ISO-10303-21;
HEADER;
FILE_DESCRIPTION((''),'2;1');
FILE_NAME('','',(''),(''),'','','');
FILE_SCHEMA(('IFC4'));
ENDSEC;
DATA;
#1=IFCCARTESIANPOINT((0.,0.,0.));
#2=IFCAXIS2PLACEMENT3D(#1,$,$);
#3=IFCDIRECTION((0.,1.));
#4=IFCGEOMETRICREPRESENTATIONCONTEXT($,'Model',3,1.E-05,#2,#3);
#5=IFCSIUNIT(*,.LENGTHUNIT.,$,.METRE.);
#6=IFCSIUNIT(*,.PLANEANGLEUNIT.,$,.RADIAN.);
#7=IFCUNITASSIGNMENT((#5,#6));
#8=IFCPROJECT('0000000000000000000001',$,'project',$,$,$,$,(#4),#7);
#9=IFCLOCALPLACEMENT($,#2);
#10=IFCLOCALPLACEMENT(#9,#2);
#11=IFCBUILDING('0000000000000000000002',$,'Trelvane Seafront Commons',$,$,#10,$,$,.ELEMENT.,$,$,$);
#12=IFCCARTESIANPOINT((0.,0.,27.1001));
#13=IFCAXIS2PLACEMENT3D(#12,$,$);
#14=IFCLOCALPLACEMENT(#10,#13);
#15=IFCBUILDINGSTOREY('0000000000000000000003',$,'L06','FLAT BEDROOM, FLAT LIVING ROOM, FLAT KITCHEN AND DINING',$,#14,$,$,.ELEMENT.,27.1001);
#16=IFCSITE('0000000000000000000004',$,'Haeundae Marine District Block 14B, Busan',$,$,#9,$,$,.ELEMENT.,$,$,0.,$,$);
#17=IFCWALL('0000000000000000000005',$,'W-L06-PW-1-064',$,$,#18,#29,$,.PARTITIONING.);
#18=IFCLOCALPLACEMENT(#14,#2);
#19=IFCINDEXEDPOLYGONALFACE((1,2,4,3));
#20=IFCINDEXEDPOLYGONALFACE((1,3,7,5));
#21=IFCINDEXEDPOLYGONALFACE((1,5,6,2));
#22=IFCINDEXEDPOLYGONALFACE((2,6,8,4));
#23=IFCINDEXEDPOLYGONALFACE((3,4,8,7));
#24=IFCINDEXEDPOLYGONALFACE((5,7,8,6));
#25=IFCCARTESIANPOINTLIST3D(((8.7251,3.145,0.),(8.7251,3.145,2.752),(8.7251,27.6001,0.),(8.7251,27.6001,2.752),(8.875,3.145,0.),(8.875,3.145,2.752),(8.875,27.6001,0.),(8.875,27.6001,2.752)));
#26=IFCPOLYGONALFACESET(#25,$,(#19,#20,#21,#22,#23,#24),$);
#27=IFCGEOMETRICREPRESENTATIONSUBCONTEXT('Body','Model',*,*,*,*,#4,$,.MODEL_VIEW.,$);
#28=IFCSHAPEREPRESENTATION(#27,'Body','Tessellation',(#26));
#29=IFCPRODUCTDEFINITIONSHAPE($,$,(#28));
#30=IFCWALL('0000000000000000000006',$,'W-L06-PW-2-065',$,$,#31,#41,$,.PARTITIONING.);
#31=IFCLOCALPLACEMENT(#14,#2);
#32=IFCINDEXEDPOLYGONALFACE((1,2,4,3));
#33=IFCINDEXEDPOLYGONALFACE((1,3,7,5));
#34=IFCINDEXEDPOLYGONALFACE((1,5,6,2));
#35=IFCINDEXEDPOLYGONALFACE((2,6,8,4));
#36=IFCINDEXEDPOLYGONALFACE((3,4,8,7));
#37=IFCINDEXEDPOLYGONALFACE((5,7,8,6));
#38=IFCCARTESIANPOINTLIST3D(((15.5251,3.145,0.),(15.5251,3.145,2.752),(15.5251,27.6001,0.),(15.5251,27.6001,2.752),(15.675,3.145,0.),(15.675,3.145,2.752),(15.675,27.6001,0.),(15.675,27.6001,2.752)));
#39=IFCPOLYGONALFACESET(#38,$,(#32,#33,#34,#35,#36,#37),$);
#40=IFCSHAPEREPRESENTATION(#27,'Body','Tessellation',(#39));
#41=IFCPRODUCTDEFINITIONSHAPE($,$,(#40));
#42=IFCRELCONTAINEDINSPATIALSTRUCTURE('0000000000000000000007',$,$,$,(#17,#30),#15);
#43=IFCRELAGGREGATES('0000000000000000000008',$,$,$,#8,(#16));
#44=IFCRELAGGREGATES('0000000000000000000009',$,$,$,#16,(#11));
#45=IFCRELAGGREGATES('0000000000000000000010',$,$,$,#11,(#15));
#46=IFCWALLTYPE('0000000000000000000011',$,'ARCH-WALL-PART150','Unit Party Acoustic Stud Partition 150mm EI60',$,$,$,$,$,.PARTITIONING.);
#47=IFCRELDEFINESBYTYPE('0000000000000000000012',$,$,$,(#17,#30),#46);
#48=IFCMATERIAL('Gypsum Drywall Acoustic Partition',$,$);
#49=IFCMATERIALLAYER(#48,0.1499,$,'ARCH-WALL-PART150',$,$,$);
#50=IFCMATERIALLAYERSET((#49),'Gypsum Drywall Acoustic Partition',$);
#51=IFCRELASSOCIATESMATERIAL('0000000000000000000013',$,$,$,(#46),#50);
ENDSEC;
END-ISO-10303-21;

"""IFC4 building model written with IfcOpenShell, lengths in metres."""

from ifc_helpers import new_model, si_unit, direction, frame, frame_2d, origin, place, context, subcontext, project, spatial, rectangle, extrude, material, layer, layer_set, type_object, element, save


model = new_model("IFC4")

# Units and contexts
model_context = context("Model", 3, precision=1e-05, world=origin(), true_north=direction((0.0, 1.0)))
body_context = subcontext(model_context, "Body", "Model", "MODEL_VIEW")
ifc_project = project(units=[si_unit("LENGTHUNIT", "METRE"), si_unit("PLANEANGLEUNIT", "RADIAN")], contexts=[model_context])

# Site, building, storey
site_placement = place(None, origin())
site = spatial("IfcSite", under=ifc_project, at=site_placement, Name="Haeundae Marine District Block 14B, Busan", CompositionType="ELEMENT", RefElevation=0.0)
building_placement = place(site_placement, origin())
building = spatial("IfcBuilding", under=site, at=building_placement, Name="Trelvane Seafront Commons", CompositionType="ELEMENT")
storey_placement = place(building_placement, frame((0.0, 0.0, 27.1001)))
storey = spatial("IfcBuildingStorey", under=building, at=storey_placement, Name="L06", Description="FLAT BEDROOM, FLAT LIVING ROOM, FLAT KITCHEN AND DINING", CompositionType="ELEMENT", Elevation=27.1001)

# Shared definitions
ifc_material_1 = material(Name="Gypsum Drywall Acoustic Partition")

# Walls
ifc_layer_1 = layer(ifc_material_1, 0.1499, Name="ARCH-WALL-PART150")
ifc_layer_set_1 = layer_set([ifc_layer_1], Name="Gypsum Drywall Acoustic Partition")
wall_type_1 = type_object("IfcWallType", Name="ARCH-WALL-PART150", Description="Unit Party Acoustic Stud Partition 150mm EI60", PredefinedType="PARTITIONING", material=ifc_layer_set_1)
for number, where, z_axis, x_axis, name in (
    (1, (8.8, 3.145, 0.0), (0.0, 0.0, 1.0), (0.0, 1.0, 0.0), "W-L06-PW-1-064"),
    (2, (15.6001, 3.145, 0.0), (0.0, 0.0, 1.0), (0.0, 1.0, 0.0), "W-L06-PW-2-065"),
):
    element("IfcWall", number, at=place(storey_placement, frame(where, z_axis=z_axis, x_axis=x_axis)), inside=storey, type_object=wall_type_1, Name=name, PredefinedType="PARTITIONING", context=body_context, shape_type="SweptSolid", body=[
        extrude(rectangle(XDim=24.4551, YDim=0.1499, at=frame_2d((12.2275, 0.0))), origin(), (0.0, 0.0, 1.0), 2.752),
    ])

save(model, "model.ifc")
